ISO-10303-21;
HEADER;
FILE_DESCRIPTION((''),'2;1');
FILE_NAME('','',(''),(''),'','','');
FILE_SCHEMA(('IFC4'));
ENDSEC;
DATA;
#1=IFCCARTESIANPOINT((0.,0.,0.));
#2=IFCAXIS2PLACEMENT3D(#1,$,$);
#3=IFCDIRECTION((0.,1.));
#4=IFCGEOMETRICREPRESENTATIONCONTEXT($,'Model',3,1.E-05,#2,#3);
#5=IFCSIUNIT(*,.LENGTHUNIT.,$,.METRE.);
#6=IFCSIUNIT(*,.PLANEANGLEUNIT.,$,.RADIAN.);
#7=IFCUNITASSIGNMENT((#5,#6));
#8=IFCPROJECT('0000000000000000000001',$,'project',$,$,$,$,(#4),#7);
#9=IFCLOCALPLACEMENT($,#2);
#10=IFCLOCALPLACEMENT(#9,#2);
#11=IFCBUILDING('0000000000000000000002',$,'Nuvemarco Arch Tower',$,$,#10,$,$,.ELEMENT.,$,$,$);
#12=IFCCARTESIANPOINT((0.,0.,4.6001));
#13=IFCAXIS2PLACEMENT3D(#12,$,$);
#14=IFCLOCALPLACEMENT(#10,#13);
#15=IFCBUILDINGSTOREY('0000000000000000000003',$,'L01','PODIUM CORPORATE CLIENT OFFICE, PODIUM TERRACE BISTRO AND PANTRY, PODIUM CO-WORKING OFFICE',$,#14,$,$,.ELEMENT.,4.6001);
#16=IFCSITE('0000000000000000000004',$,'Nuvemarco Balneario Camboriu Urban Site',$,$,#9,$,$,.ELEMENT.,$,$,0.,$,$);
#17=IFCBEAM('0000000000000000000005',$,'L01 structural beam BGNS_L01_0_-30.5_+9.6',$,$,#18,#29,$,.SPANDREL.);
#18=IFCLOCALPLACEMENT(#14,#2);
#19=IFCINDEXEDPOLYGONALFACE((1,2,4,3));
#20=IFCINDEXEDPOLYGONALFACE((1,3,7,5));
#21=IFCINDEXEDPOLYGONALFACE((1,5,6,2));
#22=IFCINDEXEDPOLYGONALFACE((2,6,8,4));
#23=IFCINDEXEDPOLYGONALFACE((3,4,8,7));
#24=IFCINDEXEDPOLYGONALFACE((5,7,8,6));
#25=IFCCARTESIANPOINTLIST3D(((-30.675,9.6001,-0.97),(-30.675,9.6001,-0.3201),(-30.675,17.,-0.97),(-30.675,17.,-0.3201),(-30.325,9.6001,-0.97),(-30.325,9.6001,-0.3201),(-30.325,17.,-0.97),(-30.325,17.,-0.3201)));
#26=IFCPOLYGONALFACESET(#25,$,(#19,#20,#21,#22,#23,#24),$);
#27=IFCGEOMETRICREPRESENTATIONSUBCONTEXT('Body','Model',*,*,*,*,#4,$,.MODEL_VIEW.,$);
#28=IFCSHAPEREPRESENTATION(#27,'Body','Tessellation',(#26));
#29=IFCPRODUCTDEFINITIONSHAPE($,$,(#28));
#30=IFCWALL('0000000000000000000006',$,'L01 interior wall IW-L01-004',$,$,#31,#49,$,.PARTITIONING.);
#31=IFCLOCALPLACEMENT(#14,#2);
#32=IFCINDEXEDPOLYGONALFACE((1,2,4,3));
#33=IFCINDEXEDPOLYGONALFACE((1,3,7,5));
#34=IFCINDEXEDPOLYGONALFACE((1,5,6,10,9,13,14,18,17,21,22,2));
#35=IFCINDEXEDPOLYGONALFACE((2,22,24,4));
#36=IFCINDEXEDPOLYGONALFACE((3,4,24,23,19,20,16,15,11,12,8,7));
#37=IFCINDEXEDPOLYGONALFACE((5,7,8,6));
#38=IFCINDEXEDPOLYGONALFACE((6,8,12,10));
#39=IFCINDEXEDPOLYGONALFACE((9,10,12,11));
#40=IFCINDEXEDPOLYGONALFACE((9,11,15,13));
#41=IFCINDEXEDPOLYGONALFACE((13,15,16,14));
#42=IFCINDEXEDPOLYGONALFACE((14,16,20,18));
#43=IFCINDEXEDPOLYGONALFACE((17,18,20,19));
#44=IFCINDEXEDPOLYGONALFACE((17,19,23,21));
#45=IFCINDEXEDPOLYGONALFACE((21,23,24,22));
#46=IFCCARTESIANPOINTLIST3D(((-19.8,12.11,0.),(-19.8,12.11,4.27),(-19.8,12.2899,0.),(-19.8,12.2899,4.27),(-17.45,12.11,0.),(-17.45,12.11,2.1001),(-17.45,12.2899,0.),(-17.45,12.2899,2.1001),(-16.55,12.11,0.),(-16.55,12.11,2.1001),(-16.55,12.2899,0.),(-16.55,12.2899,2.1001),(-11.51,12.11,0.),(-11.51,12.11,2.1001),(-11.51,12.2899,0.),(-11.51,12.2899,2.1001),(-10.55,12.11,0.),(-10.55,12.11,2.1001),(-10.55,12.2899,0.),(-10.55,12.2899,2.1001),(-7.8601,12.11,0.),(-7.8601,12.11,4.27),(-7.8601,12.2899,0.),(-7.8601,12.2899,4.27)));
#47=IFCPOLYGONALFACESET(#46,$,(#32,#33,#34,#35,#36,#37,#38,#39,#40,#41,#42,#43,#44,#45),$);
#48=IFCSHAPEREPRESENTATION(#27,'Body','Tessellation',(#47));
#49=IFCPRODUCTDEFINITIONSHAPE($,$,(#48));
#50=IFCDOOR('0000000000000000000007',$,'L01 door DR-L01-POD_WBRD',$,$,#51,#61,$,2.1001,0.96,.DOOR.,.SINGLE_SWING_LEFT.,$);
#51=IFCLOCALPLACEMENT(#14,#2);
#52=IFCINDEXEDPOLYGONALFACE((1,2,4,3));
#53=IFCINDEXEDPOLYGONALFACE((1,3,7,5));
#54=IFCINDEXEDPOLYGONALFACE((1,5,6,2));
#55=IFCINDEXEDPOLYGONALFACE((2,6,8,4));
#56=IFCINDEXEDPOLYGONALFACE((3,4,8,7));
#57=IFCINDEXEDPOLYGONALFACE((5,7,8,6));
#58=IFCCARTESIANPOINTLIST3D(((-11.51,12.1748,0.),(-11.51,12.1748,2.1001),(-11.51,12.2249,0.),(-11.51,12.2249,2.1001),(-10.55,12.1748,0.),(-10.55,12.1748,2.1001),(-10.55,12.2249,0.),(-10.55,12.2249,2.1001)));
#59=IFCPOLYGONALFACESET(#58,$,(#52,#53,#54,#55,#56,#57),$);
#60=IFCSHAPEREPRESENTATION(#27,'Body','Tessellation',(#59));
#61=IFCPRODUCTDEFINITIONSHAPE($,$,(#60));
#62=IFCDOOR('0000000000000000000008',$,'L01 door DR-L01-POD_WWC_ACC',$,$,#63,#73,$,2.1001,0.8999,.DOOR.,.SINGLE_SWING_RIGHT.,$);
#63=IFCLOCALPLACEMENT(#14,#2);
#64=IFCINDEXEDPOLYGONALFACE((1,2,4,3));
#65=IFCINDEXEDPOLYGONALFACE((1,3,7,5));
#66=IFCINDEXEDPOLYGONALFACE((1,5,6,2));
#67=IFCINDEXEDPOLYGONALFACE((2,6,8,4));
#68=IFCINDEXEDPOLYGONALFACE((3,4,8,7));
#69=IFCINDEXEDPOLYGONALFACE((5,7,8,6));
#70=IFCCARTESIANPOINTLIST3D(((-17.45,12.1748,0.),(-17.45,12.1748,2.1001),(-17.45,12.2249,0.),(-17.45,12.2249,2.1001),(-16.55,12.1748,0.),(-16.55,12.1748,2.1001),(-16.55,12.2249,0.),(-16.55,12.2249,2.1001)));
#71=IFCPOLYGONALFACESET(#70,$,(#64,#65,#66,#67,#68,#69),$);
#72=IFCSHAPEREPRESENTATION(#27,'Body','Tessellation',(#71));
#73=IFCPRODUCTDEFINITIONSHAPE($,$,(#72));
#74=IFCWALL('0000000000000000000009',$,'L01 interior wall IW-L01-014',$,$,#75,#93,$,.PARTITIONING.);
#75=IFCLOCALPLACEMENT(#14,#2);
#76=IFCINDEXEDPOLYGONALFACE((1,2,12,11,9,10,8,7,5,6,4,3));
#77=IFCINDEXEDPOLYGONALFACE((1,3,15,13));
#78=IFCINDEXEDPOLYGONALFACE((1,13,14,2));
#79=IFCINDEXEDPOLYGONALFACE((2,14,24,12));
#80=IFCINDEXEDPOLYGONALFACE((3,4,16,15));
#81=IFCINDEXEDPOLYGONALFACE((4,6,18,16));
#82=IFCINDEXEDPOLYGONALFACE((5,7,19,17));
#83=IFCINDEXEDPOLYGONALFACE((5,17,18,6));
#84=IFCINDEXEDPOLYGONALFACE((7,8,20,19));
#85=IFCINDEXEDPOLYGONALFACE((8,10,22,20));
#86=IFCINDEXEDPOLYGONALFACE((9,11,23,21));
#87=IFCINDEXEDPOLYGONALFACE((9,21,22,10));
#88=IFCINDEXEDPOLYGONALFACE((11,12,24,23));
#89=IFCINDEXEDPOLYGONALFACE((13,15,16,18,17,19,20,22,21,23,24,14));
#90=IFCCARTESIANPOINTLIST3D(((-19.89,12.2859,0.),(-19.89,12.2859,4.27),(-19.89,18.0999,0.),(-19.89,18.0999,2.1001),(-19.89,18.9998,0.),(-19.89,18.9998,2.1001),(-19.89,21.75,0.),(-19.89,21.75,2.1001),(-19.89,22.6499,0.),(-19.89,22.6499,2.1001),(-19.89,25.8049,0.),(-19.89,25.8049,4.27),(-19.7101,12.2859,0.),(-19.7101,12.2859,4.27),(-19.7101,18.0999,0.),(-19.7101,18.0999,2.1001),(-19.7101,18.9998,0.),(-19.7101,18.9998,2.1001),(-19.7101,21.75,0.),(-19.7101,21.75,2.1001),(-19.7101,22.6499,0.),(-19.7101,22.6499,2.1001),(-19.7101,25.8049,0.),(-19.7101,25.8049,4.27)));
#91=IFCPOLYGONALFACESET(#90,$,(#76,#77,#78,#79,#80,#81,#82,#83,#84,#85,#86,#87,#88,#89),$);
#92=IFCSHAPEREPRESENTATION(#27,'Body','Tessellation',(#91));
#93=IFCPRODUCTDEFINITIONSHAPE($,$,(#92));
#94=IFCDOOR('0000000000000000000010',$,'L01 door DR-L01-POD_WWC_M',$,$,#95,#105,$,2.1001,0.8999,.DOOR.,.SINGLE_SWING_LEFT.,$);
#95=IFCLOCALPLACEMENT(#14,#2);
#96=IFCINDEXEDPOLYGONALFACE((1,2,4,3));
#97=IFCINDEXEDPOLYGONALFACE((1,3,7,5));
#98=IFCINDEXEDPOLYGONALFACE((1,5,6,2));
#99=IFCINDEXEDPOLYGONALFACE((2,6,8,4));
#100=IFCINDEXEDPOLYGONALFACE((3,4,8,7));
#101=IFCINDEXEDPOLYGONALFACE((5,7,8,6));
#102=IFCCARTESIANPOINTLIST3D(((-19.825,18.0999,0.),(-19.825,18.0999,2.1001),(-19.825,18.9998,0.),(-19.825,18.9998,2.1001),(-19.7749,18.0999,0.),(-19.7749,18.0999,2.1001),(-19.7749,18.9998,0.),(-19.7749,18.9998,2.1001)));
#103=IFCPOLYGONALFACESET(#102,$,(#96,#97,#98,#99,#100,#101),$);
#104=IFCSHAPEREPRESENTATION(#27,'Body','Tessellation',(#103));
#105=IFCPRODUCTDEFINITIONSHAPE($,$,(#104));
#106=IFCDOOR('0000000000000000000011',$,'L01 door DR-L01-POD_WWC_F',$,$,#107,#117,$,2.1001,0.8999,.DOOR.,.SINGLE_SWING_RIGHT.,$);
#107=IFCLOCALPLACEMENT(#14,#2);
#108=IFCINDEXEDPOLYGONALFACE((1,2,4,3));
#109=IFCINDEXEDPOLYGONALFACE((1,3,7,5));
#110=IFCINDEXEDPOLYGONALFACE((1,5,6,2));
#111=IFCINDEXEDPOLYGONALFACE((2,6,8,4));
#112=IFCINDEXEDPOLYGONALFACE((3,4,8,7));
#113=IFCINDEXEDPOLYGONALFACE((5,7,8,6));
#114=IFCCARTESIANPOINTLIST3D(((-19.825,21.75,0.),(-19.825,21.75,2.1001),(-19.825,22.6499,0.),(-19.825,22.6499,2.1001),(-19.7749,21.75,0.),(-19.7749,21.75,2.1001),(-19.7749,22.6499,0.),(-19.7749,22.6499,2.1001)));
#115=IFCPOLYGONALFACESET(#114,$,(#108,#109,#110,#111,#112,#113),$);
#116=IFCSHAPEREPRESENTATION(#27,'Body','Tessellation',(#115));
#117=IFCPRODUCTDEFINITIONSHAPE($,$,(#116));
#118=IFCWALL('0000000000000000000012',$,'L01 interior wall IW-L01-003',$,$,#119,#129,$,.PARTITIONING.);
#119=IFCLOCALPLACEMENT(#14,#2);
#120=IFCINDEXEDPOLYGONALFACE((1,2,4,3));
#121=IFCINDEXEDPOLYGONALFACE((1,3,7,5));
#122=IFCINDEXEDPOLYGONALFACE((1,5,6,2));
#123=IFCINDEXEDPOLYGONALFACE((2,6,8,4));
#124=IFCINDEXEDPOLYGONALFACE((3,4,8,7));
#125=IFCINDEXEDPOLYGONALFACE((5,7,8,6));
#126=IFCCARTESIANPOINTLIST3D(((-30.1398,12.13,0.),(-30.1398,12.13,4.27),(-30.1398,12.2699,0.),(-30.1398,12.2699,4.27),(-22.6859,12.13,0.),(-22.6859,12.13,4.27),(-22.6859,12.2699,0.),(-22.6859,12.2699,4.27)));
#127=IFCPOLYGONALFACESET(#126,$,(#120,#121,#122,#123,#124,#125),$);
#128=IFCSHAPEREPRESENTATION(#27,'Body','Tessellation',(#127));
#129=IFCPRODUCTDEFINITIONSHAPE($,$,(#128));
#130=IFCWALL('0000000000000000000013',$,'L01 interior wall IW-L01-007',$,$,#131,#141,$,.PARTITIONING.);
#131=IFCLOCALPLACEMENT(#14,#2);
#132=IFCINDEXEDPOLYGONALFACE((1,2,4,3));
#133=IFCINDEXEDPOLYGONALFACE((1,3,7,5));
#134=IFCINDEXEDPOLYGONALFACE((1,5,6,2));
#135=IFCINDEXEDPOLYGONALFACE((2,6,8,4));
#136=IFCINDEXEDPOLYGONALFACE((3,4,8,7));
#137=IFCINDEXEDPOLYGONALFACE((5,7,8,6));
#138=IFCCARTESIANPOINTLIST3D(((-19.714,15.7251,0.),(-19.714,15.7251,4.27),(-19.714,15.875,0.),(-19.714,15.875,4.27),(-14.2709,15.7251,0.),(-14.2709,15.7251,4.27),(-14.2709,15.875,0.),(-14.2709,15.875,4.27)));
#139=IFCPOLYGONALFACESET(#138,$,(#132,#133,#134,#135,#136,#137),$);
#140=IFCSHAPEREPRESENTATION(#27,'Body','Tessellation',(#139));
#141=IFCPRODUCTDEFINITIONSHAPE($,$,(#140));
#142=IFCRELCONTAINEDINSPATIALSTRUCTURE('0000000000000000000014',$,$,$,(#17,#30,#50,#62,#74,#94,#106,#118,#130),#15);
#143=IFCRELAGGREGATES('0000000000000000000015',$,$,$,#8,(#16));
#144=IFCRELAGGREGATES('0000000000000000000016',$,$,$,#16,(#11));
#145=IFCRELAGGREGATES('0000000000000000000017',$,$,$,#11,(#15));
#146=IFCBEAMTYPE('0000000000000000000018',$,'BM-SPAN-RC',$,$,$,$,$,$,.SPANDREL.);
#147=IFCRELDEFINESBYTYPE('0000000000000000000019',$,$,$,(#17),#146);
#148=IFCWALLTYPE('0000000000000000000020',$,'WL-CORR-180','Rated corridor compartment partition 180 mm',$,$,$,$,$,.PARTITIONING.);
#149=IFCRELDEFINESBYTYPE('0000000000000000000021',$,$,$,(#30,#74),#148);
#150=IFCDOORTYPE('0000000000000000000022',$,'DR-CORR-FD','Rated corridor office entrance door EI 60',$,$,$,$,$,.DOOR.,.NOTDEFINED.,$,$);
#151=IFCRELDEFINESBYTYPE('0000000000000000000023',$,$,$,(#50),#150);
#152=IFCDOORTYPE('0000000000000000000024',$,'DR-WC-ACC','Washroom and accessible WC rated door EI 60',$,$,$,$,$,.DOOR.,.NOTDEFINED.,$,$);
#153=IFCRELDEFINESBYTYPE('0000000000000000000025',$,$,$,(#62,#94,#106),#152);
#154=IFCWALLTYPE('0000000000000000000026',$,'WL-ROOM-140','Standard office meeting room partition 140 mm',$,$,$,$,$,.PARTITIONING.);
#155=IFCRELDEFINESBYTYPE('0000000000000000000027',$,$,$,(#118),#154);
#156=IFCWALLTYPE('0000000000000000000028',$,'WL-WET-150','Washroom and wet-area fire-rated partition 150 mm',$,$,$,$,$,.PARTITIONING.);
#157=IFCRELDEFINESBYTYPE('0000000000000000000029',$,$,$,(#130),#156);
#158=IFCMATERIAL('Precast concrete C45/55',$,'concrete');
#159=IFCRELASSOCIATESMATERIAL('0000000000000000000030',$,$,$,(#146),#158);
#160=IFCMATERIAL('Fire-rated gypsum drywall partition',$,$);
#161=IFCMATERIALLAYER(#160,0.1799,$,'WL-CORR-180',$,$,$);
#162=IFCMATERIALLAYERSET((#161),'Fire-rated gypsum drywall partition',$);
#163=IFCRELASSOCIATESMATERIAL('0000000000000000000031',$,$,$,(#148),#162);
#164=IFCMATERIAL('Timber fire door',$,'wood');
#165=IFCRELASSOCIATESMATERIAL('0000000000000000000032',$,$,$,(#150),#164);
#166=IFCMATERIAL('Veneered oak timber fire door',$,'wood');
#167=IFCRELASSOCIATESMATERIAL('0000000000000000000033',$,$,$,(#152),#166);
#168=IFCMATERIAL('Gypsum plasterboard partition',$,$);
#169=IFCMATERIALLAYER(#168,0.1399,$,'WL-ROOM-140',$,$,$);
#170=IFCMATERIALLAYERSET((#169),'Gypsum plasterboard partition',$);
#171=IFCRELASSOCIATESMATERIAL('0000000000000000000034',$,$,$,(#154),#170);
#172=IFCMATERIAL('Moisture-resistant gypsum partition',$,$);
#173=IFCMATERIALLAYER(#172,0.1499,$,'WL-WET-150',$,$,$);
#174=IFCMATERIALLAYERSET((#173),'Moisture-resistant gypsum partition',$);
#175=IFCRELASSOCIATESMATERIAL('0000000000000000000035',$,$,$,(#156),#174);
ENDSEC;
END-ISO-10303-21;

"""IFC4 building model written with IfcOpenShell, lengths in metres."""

from ifc_helpers import new_model, si_unit, direction, frame, frame_2d, origin, origin_2d, place, context, subcontext, project, spatial, rectangle, extrude, source, transform, mapped, material, layer, layer_set, material_profile, profile_set, type_object, type_shapes, element, fill, save


model = new_model("IFC4")

# Units and contexts
model_context = context("Model", 3, precision=1e-05, world=origin(), true_north=direction((0.0, 1.0)))
body_context = subcontext(model_context, "Body", "Model", "MODEL_VIEW")
ifc_project = project(units=[si_unit("LENGTHUNIT", "METRE"), si_unit("PLANEANGLEUNIT", "RADIAN")], contexts=[model_context])

# Site, building, storey
site_placement = place(None, origin())
site = spatial("IfcSite", under=ifc_project, at=site_placement, Name="Nuvemarco Balneario Camboriu Urban Site", CompositionType="ELEMENT", RefElevation=0.0)
building_placement = place(site_placement, origin())
building = spatial("IfcBuilding", under=site, at=building_placement, Name="Nuvemarco Arch Tower", CompositionType="ELEMENT")
storey_placement = place(building_placement, frame((0.0, 0.0, 4.6001)))
storey = spatial("IfcBuildingStorey", under=building, at=storey_placement, Name="L01", Description="PODIUM CORPORATE CLIENT OFFICE, PODIUM TERRACE BISTRO AND PANTRY, PODIUM CO-WORKING OFFICE", CompositionType="ELEMENT", Elevation=4.6001)

# Beam
ifc_material_1 = material(Name="Precast concrete C45/55", Category="concrete")
ifc_material_profile_1 = material_profile(ifc_material_1, rectangle(XDim=0.3501, YDim=0.6499, at=origin_2d()), Name="PC-SP-350x650")
ifc_profile_set_1 = profile_set([ifc_material_profile_1], Name="Precast concrete C45/55")
beam_type_1 = type_object("IfcBeamType", Name="BM-SPAN-RC", PredefinedType="SPANDREL", material=ifc_profile_set_1)
beam_1_placement = place(storey_placement, frame((-30.5, 9.6001, -0.645), z_axis=(0.0, 1.0, 0.0), x_axis=(-1.0, 0.0, 0.0)))
element("IfcBeam", 1, at=beam_1_placement, inside=storey, type_object=beam_type_1, Name="L01 structural beam BGNS_L01_0_-30.5_+9.6", PredefinedType="SPANDREL", context=body_context, shape_type="SweptSolid", body=[
    extrude(rectangle(XDim=0.3501, YDim=0.6499, at=origin_2d()), origin(), (0.0, 0.0, 1.0), 7.3999),
])

# Walls, openings, doors
ifc_material_2 = material(Name="Fire-rated gypsum drywall partition")
ifc_layer_1 = layer(ifc_material_2, 0.1799, Name="WL-CORR-180")
ifc_layer_set_1 = layer_set([ifc_layer_1], Name="Fire-rated gypsum drywall partition")
wall_type_1 = type_object("IfcWallType", Name="WL-CORR-180", Description="Rated corridor compartment partition 180 mm", PredefinedType="PARTITIONING", material=ifc_layer_set_1)
wall_1_placement = place(storey_placement, frame((-19.8, 12.2, 0.0), z_axis=(0.0, 0.0, 1.0), x_axis=(1.0, 0.0, 0.0)))
wall_1 = element("IfcWall", 2, at=wall_1_placement, inside=storey, type_object=wall_type_1, Name="L01 interior wall IW-L01-004", PredefinedType="PARTITIONING", context=body_context, shape_type="SweptSolid", body=[
    extrude(rectangle(XDim=11.9399, YDim=0.1799, at=frame_2d((5.97, 0.0))), origin(), (0.0, 0.0, 1.0), 4.27),
])
opening_1_placement = place(wall_1_placement, frame((8.29, 0.0, 0.0)))
opening_1 = element("IfcOpeningElement", 3, at=opening_1_placement, cuts=wall_1, PredefinedType="OPENING", context=body_context, shape_type="SweptSolid", body=[
    extrude(rectangle(XDim=0.96, YDim=2.1001, at=frame_2d((0.48, 1.05))), frame((0.0, 0.0999, 0.0), z_axis=(0.0, -1.0, 0.0), x_axis=(1.0, 0.0, 0.0)), (0.0, 0.0, 1.0), 0.2),
])
opening_2_placement = place(wall_1_placement, frame((2.3501, 0.0, 0.0)))
opening_2 = element("IfcOpeningElement", 4, at=opening_2_placement, cuts=wall_1, PredefinedType="OPENING", context=body_context, shape_type="SweptSolid", body=[
    extrude(rectangle(XDim=0.8999, YDim=2.1001, at=frame_2d((0.45, 1.05))), frame((0.0, 0.0999, 0.0), z_axis=(0.0, -1.0, 0.0), x_axis=(1.0, 0.0, 0.0)), (0.0, 0.0, 1.0), 0.2),
])
ifc_material_3 = material(Name="Timber fire door", Category="wood")
door_type_1 = type_object("IfcDoorType", Name="DR-CORR-FD", Description="Rated corridor office entrance door EI 60", OperationType="NOTDEFINED", PredefinedType="DOOR", material=ifc_material_3)
shared_shape_1 = source(origin(), body_context, "Body", "SweptSolid", [
    extrude(rectangle(XDim=0.96, YDim=2.1001, at=frame_2d((0.48, 1.05))), frame((0.0, 0.0249, 0.0), z_axis=(0.0, -1.0, 0.0), x_axis=(1.0, 0.0, 0.0)), (0.0, 0.0, 1.0), 0.05),
])
type_shapes(door_type_1, [shared_shape_1])
door_1_placement = place(opening_1_placement, origin())
door_1 = element("IfcDoor", 5, at=door_1_placement, inside=storey, type_object=door_type_1, Name="L01 door DR-L01-POD_WBRD", OperationType="SINGLE_SWING_LEFT", OverallHeight=2.1001, OverallWidth=0.96, PredefinedType="DOOR", context=body_context, shape_type="MappedRepresentation", body=[
    mapped(shared_shape_1, transform((0.0, 0.0, 0.0), scale=1.0)),
])
fill(opening_1, door_1)
ifc_material_4 = material(Name="Veneered oak timber fire door", Category="wood")
door_type_2 = type_object("IfcDoorType", Name="DR-WC-ACC", Description="Washroom and accessible WC rated door EI 60", OperationType="NOTDEFINED", PredefinedType="DOOR", material=ifc_material_4)
shared_shape_2 = source(origin(), body_context, "Body", "SweptSolid", [
    extrude(rectangle(XDim=0.8999, YDim=2.1001, at=frame_2d((0.45, 1.05))), frame((0.0, 0.0249, 0.0), z_axis=(0.0, -1.0, 0.0), x_axis=(1.0, 0.0, 0.0)), (0.0, 0.0, 1.0), 0.05),
])
type_shapes(door_type_2, [shared_shape_2])
door_2_placement = place(opening_2_placement, origin())
door_2 = element("IfcDoor", 6, at=door_2_placement, inside=storey, type_object=door_type_2, Name="L01 door DR-L01-POD_WWC_ACC", OperationType="SINGLE_SWING_RIGHT", OverallHeight=2.1001, OverallWidth=0.8999, PredefinedType="DOOR", context=body_context, shape_type="MappedRepresentation", body=[
    mapped(shared_shape_2, transform((0.0, 0.0, 0.0), scale=1.0)),
])
fill(opening_2, door_2)
wall_2_placement = place(storey_placement, frame((-19.8, 12.2859, 0.0), z_axis=(0.0, 0.0, 1.0), x_axis=(0.0, 1.0, 0.0)))
wall_2 = element("IfcWall", 7, at=wall_2_placement, inside=storey, type_object=wall_type_1, Name="L01 interior wall IW-L01-014", PredefinedType="PARTITIONING", context=body_context, shape_type="SweptSolid", body=[
    extrude(rectangle(XDim=13.519, YDim=0.1799, at=frame_2d((6.7595, 0.0))), origin(), (0.0, 0.0, 1.0), 4.27),
])
opening_3_placement = place(wall_2_placement, frame((5.814, 0.0, 0.0)))
opening_3 = element("IfcOpeningElement", 8, at=opening_3_placement, cuts=wall_2, PredefinedType="OPENING", context=body_context, shape_type="SweptSolid", body=[
    extrude(rectangle(XDim=0.8999, YDim=2.1001, at=frame_2d((0.45, 1.05))), frame((0.0, 0.0999, 0.0), z_axis=(0.0, -1.0, 0.0), x_axis=(1.0, 0.0, 0.0)), (0.0, 0.0, 1.0), 0.2),
])
opening_4_placement = place(wall_2_placement, frame((9.4641, 0.0, 0.0)))
opening_4 = element("IfcOpeningElement", 9, at=opening_4_placement, cuts=wall_2, PredefinedType="OPENING", context=body_context, shape_type="SweptSolid", body=[
    extrude(rectangle(XDim=0.8999, YDim=2.1001, at=frame_2d((0.45, 1.05))), frame((0.0, 0.0999, 0.0), z_axis=(0.0, -1.0, 0.0), x_axis=(1.0, 0.0, 0.0)), (0.0, 0.0, 1.0), 0.2),
])
door_3_placement = place(opening_3_placement, origin())
door_3 = element("IfcDoor", 10, at=door_3_placement, inside=storey, type_object=door_type_2, Name="L01 door DR-L01-POD_WWC_M", OperationType="SINGLE_SWING_LEFT", OverallHeight=2.1001, OverallWidth=0.8999, PredefinedType="DOOR", context=body_context, shape_type="MappedRepresentation", body=[
    mapped(shared_shape_2, transform((0.0, 0.0, 0.0), scale=1.0)),
])
fill(opening_3, door_3)
door_4_placement = place(opening_4_placement, origin())
door_4 = element("IfcDoor", 11, at=door_4_placement, inside=storey, type_object=door_type_2, Name="L01 door DR-L01-POD_WWC_F", OperationType="SINGLE_SWING_RIGHT", OverallHeight=2.1001, OverallWidth=0.8999, PredefinedType="DOOR", context=body_context, shape_type="MappedRepresentation", body=[
    mapped(shared_shape_2, transform((0.0, 0.0, 0.0), scale=1.0)),
])
fill(opening_4, door_4)

# Walls
ifc_material_5 = material(Name="Gypsum plasterboard partition")
ifc_layer_2 = layer(ifc_material_5, 0.1399, Name="WL-ROOM-140")
ifc_layer_set_2 = layer_set([ifc_layer_2], Name="Gypsum plasterboard partition")
wall_type_2 = type_object("IfcWallType", Name="WL-ROOM-140", Description="Standard office meeting room partition 140 mm", PredefinedType="PARTITIONING", material=ifc_layer_set_2)
wall_3_placement = place(storey_placement, frame((-30.1399, 12.2, 0.0), z_axis=(0.0, 0.0, 1.0), x_axis=(1.0, 0.0, 0.0)))
element("IfcWall", 12, at=wall_3_placement, inside=storey, type_object=wall_type_2, Name="L01 interior wall IW-L01-003", PredefinedType="PARTITIONING", context=body_context, shape_type="SweptSolid", body=[
    extrude(rectangle(XDim=7.4539, YDim=0.1399, at=frame_2d((3.7271, 0.0))), origin(), (0.0, 0.0, 1.0), 4.27),
])
ifc_material_6 = material(Name="Moisture-resistant gypsum partition")
ifc_layer_3 = layer(ifc_material_6, 0.1499, Name="WL-WET-150")
ifc_layer_set_3 = layer_set([ifc_layer_3], Name="Moisture-resistant gypsum partition")
wall_type_3 = type_object("IfcWallType", Name="WL-WET-150", Description="Washroom and wet-area fire-rated partition 150 mm", PredefinedType="PARTITIONING", material=ifc_layer_set_3)
wall_4_placement = place(storey_placement, frame((-19.7141, 15.8, 0.0), z_axis=(0.0, 0.0, 1.0), x_axis=(1.0, 0.0, 0.0)))
element("IfcWall", 13, at=wall_4_placement, inside=storey, type_object=wall_type_3, Name="L01 interior wall IW-L01-007", PredefinedType="PARTITIONING", context=body_context, shape_type="SweptSolid", body=[
    extrude(rectangle(XDim=5.4431, YDim=0.1499, at=frame_2d((2.7217, 0.0))), origin(), (0.0, 0.0, 1.0), 4.27),
])

save(model, "model.ifc")
